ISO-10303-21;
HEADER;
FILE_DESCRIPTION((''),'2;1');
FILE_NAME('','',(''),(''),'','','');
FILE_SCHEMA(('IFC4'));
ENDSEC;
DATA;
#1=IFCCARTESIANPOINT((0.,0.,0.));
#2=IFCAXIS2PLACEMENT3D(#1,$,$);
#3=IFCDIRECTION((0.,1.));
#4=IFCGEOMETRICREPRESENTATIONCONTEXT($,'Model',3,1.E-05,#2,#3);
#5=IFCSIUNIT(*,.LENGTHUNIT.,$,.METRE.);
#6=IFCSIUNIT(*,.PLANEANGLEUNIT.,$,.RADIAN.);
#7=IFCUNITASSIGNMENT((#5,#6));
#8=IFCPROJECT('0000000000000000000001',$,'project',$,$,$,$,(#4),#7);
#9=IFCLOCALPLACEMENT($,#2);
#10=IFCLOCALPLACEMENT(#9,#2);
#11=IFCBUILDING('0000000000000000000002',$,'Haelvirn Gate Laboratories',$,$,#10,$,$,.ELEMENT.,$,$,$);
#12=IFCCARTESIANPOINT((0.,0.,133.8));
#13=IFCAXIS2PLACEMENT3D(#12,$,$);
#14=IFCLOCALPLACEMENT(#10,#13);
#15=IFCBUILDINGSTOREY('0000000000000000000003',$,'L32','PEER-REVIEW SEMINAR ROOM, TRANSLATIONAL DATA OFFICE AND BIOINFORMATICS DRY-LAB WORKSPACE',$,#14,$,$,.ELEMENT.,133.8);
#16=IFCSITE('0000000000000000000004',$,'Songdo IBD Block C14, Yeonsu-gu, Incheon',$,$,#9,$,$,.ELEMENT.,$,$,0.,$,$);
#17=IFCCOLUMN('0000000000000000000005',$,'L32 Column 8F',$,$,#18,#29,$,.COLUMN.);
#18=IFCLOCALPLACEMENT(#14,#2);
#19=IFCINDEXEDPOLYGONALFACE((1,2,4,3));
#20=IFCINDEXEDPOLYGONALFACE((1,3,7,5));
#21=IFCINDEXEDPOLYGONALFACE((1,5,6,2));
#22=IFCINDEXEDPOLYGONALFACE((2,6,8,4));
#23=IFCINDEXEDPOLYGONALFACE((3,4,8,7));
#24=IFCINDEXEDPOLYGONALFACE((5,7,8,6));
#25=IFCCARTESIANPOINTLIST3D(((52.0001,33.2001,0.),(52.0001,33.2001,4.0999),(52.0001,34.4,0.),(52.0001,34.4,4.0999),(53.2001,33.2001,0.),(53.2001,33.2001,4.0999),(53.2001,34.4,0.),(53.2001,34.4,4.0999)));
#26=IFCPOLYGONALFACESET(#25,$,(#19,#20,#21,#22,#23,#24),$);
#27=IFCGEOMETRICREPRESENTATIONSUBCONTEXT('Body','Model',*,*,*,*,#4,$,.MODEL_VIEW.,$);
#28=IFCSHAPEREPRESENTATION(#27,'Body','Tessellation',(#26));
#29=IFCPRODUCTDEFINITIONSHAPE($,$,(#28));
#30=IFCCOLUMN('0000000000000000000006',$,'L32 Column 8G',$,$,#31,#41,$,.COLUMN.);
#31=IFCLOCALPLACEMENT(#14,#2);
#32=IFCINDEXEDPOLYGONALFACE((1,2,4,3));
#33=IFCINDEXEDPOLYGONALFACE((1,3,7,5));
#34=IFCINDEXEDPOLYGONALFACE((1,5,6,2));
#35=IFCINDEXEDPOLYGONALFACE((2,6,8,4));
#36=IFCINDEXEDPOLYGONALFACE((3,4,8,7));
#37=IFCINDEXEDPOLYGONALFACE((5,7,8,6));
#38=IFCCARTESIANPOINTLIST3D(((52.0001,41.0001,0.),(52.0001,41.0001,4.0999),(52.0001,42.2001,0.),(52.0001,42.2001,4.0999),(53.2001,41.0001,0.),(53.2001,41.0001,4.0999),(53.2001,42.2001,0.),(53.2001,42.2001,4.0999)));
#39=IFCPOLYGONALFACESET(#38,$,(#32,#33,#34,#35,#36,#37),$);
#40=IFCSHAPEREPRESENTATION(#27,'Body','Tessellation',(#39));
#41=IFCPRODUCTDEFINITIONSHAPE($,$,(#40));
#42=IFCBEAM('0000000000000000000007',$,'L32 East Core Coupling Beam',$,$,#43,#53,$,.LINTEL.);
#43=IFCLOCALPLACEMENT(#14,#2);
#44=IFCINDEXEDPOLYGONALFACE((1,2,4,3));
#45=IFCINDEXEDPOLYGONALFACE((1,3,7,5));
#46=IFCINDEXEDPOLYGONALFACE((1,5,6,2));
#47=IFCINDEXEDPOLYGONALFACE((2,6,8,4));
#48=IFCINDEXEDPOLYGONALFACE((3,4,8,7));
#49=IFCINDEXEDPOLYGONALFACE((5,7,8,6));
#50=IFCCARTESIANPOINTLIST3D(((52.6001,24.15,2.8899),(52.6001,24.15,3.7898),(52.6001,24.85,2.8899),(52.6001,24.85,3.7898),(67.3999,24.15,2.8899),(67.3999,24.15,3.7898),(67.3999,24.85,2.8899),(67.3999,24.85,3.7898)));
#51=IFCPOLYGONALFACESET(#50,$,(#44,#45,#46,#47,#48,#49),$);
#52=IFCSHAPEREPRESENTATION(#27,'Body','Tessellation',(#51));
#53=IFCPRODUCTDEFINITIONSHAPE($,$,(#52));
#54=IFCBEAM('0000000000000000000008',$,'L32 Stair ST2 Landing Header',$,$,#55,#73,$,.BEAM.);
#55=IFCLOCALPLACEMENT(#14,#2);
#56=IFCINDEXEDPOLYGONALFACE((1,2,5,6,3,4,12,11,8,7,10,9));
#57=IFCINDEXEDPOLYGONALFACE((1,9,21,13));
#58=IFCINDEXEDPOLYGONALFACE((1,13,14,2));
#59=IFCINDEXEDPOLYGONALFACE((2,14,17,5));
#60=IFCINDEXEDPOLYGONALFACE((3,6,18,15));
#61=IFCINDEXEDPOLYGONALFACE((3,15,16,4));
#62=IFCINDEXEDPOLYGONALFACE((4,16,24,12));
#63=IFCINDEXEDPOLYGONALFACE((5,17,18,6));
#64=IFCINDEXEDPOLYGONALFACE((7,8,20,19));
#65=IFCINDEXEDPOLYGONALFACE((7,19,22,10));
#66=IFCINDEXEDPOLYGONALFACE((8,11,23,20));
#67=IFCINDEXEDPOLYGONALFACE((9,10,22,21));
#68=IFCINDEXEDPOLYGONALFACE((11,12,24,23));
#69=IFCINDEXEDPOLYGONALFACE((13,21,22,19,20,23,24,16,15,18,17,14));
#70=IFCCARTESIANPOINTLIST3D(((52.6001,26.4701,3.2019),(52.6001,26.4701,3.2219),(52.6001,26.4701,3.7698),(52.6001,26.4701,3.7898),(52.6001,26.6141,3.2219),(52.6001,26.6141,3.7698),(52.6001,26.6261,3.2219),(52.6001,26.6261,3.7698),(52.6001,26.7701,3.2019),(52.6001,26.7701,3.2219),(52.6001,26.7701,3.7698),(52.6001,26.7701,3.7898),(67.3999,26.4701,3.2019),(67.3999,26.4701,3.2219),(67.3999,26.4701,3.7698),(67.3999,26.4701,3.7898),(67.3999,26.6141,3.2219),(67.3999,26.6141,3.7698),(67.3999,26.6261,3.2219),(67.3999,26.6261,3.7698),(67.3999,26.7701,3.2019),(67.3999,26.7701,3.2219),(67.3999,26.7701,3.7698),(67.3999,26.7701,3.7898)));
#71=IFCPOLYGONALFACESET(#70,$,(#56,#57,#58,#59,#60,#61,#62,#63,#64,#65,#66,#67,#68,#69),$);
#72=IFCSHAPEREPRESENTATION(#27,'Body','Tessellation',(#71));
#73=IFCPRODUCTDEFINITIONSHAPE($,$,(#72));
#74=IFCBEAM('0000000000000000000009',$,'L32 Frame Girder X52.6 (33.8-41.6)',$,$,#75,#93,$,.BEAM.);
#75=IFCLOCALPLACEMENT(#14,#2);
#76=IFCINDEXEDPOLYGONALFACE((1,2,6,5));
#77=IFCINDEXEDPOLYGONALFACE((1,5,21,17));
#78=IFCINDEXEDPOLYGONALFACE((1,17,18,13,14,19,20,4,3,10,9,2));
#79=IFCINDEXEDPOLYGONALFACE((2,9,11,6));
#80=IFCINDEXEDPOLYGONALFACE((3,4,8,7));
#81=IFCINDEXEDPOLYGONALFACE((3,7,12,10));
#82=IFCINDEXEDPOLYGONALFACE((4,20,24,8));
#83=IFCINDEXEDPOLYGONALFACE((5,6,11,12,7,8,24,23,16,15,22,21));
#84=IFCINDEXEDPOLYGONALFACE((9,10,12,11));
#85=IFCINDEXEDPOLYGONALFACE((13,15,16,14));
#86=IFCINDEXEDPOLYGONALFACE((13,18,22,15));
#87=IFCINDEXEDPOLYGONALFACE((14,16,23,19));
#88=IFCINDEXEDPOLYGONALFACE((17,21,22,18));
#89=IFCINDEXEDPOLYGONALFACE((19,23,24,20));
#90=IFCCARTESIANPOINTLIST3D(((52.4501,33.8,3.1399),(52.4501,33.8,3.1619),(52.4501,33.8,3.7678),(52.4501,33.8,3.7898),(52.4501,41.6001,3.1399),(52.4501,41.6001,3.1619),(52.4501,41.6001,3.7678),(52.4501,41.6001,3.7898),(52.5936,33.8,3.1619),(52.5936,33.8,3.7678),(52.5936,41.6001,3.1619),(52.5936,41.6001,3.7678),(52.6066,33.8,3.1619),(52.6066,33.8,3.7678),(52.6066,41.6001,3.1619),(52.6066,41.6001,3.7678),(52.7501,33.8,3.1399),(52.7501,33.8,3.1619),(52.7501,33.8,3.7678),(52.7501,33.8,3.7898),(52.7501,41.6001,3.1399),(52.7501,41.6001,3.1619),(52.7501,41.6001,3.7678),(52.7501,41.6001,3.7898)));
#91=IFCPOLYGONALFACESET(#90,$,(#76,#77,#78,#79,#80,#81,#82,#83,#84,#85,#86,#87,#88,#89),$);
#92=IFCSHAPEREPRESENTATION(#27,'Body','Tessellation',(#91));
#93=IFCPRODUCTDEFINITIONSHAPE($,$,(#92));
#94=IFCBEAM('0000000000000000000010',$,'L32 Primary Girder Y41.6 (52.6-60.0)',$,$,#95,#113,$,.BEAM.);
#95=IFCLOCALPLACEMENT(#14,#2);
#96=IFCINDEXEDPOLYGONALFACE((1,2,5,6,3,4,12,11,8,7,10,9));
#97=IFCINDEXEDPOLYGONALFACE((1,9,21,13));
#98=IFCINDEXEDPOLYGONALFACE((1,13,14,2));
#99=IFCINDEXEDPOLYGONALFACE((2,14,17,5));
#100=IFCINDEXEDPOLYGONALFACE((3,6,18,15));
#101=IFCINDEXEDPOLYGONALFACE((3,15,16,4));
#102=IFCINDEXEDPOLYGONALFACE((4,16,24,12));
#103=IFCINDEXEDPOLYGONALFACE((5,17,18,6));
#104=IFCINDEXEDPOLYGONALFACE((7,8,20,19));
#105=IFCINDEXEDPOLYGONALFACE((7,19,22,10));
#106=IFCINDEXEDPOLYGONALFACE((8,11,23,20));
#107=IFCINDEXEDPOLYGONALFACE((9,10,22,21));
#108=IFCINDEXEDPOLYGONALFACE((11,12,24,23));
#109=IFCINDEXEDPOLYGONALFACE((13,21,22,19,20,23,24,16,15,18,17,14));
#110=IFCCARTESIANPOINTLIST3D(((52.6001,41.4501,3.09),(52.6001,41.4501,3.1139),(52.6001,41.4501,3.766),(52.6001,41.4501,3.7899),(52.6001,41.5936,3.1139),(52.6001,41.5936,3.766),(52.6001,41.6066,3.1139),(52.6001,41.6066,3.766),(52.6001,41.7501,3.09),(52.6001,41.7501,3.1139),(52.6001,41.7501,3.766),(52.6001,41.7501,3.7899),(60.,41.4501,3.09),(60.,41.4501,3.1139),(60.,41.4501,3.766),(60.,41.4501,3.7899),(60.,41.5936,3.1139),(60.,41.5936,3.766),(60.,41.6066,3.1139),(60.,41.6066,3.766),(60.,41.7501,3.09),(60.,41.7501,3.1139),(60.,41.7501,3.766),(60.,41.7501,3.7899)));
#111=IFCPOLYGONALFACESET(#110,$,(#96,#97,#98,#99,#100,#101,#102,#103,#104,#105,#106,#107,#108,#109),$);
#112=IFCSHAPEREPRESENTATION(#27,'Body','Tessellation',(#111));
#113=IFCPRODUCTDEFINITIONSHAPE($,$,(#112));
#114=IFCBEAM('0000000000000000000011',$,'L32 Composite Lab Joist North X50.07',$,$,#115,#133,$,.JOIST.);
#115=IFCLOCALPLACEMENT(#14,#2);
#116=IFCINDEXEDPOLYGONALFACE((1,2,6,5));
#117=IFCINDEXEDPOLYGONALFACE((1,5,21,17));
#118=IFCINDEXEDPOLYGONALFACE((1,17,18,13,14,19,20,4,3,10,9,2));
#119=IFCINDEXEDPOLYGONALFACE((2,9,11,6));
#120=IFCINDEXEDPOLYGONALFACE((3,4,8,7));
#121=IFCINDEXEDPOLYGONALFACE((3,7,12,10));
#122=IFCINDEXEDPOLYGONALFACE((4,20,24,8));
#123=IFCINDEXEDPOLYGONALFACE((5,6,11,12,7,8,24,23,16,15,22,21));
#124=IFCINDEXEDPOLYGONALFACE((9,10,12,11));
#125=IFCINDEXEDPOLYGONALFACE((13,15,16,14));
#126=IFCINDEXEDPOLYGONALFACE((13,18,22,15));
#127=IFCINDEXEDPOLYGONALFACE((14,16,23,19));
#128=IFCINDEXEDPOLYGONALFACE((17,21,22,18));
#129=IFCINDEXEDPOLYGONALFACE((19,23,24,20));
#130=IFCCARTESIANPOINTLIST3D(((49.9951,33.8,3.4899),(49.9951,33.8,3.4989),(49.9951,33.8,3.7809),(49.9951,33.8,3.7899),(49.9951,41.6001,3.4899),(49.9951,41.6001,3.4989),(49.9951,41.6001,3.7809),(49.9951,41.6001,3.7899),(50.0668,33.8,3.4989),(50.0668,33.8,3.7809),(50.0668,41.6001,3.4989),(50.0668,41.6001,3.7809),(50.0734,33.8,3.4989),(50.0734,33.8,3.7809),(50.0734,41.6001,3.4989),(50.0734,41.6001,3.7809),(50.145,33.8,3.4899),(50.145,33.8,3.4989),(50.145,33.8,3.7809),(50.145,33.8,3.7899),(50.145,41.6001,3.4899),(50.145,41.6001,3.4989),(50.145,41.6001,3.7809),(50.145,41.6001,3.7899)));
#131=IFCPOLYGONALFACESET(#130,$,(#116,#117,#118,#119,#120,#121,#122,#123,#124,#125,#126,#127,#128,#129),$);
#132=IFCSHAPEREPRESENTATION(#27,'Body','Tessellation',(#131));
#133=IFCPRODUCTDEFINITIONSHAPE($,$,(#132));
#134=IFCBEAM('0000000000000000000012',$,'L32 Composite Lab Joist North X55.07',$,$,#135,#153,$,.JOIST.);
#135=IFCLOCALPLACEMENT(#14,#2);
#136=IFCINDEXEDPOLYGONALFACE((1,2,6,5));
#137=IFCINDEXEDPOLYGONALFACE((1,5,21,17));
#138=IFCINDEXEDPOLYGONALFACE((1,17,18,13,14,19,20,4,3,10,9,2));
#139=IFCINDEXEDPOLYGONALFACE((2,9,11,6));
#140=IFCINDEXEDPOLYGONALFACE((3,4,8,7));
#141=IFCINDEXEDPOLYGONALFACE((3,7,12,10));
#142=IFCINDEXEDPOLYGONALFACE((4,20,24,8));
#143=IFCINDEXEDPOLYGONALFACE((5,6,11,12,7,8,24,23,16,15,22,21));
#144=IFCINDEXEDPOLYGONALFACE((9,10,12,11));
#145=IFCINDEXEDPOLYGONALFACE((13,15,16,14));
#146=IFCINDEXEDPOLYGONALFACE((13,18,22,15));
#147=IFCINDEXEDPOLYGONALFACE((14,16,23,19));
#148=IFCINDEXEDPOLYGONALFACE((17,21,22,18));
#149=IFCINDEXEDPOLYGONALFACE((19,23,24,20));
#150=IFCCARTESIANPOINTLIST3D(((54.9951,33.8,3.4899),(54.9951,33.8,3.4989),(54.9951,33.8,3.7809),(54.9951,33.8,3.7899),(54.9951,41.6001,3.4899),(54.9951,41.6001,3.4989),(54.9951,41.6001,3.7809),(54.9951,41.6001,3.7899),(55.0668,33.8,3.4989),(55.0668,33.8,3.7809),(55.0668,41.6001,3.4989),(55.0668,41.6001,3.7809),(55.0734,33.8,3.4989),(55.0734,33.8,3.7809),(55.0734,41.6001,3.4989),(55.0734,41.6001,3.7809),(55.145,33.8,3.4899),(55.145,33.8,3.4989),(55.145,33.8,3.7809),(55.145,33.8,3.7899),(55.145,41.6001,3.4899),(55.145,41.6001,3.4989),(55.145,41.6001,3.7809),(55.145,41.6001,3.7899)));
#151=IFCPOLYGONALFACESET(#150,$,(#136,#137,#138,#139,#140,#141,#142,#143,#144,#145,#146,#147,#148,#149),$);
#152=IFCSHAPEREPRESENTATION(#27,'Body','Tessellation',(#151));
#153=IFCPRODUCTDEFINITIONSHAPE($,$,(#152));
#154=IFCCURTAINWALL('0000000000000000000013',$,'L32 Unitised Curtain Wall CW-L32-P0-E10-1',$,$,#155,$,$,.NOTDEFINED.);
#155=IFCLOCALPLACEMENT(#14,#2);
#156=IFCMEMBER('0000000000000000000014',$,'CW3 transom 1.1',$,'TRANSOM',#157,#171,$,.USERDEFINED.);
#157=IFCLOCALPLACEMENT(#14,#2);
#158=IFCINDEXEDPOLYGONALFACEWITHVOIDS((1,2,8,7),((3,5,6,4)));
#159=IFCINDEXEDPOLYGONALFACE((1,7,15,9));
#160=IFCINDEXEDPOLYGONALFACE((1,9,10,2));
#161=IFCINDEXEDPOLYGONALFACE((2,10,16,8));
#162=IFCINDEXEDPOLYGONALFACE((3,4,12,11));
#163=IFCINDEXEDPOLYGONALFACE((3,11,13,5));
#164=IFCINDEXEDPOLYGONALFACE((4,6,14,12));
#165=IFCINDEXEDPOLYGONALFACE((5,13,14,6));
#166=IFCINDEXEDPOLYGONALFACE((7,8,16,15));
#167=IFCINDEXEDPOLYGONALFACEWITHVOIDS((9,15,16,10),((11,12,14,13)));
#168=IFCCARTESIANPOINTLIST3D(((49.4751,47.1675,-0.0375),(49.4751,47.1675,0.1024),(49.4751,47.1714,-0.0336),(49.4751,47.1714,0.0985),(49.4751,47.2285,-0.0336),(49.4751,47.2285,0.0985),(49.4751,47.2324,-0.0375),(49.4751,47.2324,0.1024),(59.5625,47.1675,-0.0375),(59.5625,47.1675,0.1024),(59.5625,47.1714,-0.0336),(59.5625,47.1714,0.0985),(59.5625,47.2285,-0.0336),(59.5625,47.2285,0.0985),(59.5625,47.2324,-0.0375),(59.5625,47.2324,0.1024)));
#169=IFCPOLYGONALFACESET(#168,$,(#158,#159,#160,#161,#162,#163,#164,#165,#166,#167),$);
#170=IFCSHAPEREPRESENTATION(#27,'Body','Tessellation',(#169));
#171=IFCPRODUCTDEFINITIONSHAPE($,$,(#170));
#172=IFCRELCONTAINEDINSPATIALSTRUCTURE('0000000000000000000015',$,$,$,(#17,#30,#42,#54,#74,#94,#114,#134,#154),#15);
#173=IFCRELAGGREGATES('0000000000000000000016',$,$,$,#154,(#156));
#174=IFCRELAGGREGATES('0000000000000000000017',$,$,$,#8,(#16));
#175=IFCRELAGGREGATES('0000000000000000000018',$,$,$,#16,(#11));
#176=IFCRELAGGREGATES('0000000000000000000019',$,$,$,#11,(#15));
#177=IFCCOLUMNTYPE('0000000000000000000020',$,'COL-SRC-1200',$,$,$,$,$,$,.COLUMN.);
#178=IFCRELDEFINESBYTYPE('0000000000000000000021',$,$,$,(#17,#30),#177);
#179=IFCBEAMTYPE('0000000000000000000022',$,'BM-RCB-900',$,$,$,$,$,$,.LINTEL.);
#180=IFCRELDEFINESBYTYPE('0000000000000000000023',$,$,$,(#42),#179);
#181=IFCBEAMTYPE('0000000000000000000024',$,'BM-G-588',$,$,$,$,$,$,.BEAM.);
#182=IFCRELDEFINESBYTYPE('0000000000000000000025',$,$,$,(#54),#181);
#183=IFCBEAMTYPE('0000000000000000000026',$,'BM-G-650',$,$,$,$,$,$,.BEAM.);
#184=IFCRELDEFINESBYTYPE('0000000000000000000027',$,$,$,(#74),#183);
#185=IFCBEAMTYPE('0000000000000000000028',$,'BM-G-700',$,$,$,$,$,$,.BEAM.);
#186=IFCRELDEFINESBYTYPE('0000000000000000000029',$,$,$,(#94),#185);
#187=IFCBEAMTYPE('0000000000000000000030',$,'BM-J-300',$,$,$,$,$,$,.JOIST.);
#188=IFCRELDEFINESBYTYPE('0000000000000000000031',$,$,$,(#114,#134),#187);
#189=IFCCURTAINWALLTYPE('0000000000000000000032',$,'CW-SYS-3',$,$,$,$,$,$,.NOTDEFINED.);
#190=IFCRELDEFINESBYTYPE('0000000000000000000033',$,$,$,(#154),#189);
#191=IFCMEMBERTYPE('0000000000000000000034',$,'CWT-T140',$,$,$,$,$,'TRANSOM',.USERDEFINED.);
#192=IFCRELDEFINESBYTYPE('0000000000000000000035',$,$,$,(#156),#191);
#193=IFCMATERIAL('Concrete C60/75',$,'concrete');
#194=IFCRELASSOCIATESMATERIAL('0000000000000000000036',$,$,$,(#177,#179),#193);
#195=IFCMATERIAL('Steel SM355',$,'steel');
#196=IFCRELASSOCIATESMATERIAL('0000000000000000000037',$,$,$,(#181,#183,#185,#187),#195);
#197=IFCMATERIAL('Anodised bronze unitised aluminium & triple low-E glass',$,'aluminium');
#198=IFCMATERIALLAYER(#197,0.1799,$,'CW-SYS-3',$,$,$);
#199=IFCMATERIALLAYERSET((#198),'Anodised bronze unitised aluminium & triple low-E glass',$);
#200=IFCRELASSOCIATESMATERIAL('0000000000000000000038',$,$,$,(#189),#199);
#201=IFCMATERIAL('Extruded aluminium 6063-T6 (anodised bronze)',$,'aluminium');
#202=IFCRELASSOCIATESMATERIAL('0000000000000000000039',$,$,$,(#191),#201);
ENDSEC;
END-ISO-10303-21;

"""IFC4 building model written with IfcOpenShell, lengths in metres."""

from ifc_helpers import new_model, si_unit, direction, frame, origin, origin_2d, place, context, subcontext, project, spatial, rectangle, hollow_rectangle, i_section, extrude, source, transform, mapped, material, layer, layer_set, material_profile, profile_set, type_object, type_shapes, element, aggregate, save


model = new_model("IFC4")

# Units and contexts
model_context = context("Model", 3, precision=1e-05, world=origin(), true_north=direction((0.0, 1.0)))
body_context = subcontext(model_context, "Body", "Model", "MODEL_VIEW")
ifc_project = project(units=[si_unit("LENGTHUNIT", "METRE"), si_unit("PLANEANGLEUNIT", "RADIAN")], contexts=[model_context])

# Site, building, storey
site_placement = place(None, origin())
site = spatial("IfcSite", under=ifc_project, at=site_placement, Name="Songdo IBD Block C14, Yeonsu-gu, Incheon", CompositionType="ELEMENT", RefElevation=0.0)
building_placement = place(site_placement, origin())
building = spatial("IfcBuilding", under=site, at=building_placement, Name="Haelvirn Gate Laboratories", CompositionType="ELEMENT")
storey_placement = place(building_placement, frame((0.0, 0.0, 133.8)))
storey = spatial("IfcBuildingStorey", under=building, at=storey_placement, Name="L32", Description="PEER-REVIEW SEMINAR ROOM, TRANSLATIONAL DATA OFFICE AND BIOINFORMATICS DRY-LAB WORKSPACE", CompositionType="ELEMENT", Elevation=133.8)

# Columns
ifc_material_1 = material(Name="Concrete C60/75", Category="concrete")
ifc_material_profile_1 = material_profile(ifc_material_1, rectangle(XDim=1.2, YDim=1.2, at=origin_2d()), Name="SRC-1200x1200")
ifc_profile_set_1 = profile_set([ifc_material_profile_1], Name="Concrete C60/75")
column_type = type_object("IfcColumnType", Name="COL-SRC-1200", PredefinedType="COLUMN", material=ifc_profile_set_1)
shared_shape_1 = source(origin(), body_context, "Body", "SweptSolid", [
    extrude(rectangle(XDim=1.2, YDim=1.2, at=origin_2d()), origin(), (0.0, 0.0, 1.0), 4.0999),
])
type_shapes(column_type, [shared_shape_1])
for number, where, z_axis, x_axis, name in (
    (1, (52.6001, 33.8, 0.0), (0.0, 0.0, 1.0), (1.0, 0.0, 0.0), "L32 Column 8F"),
    (2, (52.6001, 41.6001, 0.0), (0.0, 0.0, 1.0), (1.0, 0.0, 0.0), "L32 Column 8G"),
):
    element("IfcColumn", number, at=place(storey_placement, frame(where, z_axis=z_axis, x_axis=x_axis)), inside=storey, type_object=column_type, Name=name, PredefinedType="COLUMN", context=body_context, shape_type="MappedRepresentation", body=[
        mapped(shared_shape_1, transform((0.0, 0.0, 0.0), scale=1.0)),
    ])

# Beams
ifc_material_profile_2 = material_profile(ifc_material_1, rectangle(XDim=0.7, YDim=0.8999, at=origin_2d()), Name="RCB-700x900")
ifc_profile_set_2 = profile_set([ifc_material_profile_2], Name="Concrete C60/75")
beam_type_1 = type_object("IfcBeamType", Name="BM-RCB-900", PredefinedType="LINTEL", material=ifc_profile_set_2)
shared_shape_2 = source(origin(), body_context, "Body", "SweptSolid", [
    extrude(rectangle(XDim=0.7, YDim=0.8999, at=origin_2d()), origin(), (0.0, 0.0, 1.0), 14.7998),
])
type_shapes(beam_type_1, [shared_shape_2])
beam_1_placement = place(storey_placement, frame((52.6001, 24.5, 3.3398), z_axis=(1.0, 0.0, 0.0), x_axis=(0.0, 1.0, 0.0)))
element("IfcBeam", 3, at=beam_1_placement, inside=storey, type_object=beam_type_1, Name="L32 East Core Coupling Beam", PredefinedType="LINTEL", context=body_context, shape_type="MappedRepresentation", body=[
    mapped(shared_shape_2, transform((0.0, 0.0, 0.0), scale=1.0)),
])
ifc_material_2 = material(Name="Steel SM355", Category="steel")
ifc_material_profile_3 = material_profile(ifc_material_2, i_section(OverallWidth=0.3, OverallDepth=0.5879, WebThickness=0.012, FlangeThickness=0.02, at=origin_2d()), Name="H-588x300x12x20")
ifc_profile_set_3 = profile_set([ifc_material_profile_3], Name="Steel SM355")
beam_type_2 = type_object("IfcBeamType", Name="BM-G-588", PredefinedType="BEAM", material=ifc_profile_set_3)
shared_shape_3 = source(origin(), body_context, "Body", "SweptSolid", [
    extrude(i_section(OverallWidth=0.3, OverallDepth=0.5879, WebThickness=0.012, FlangeThickness=0.02, at=origin_2d()), origin(), (0.0, 0.0, 1.0), 14.7998),
])
type_shapes(beam_type_2, [shared_shape_3])
beam_2_placement = place(storey_placement, frame((52.6001, 26.6201, 3.4958), z_axis=(1.0, 0.0, 0.0), x_axis=(0.0, 1.0, 0.0)))
element("IfcBeam", 4, at=beam_2_placement, inside=storey, type_object=beam_type_2, Name="L32 Stair ST2 Landing Header", PredefinedType="BEAM", context=body_context, shape_type="MappedRepresentation", body=[
    mapped(shared_shape_3, transform((0.0, 0.0, 0.0), scale=1.0)),
])
ifc_material_profile_4 = material_profile(ifc_material_2, i_section(OverallWidth=0.3, OverallDepth=0.6499, WebThickness=0.0129, FlangeThickness=0.022, at=origin_2d()), Name="H-650x300x13x22")
ifc_profile_set_4 = profile_set([ifc_material_profile_4], Name="Steel SM355")
beam_type_3 = type_object("IfcBeamType", Name="BM-G-650", PredefinedType="BEAM", material=ifc_profile_set_4)
shared_shape_4 = source(origin(), body_context, "Body", "SweptSolid", [
    extrude(i_section(OverallWidth=0.3, OverallDepth=0.6499, WebThickness=0.0129, FlangeThickness=0.022, at=origin_2d()), origin(), (0.0, 0.0, 1.0), 7.8),
])
type_shapes(beam_type_3, [shared_shape_4])
beam_3_placement = place(storey_placement, frame((52.6001, 33.8, 3.4648), z_axis=(0.0, 1.0, 0.0), x_axis=(-1.0, 0.0, 0.0)))
element("IfcBeam", 5, at=beam_3_placement, inside=storey, type_object=beam_type_3, Name="L32 Frame Girder X52.6 (33.8-41.6)", PredefinedType="BEAM", context=body_context, shape_type="MappedRepresentation", body=[
    mapped(shared_shape_4, transform((0.0, 0.0, 0.0), scale=1.0)),
])
ifc_material_profile_5 = material_profile(ifc_material_2, i_section(OverallWidth=0.3, OverallDepth=0.7, WebThickness=0.0129, FlangeThickness=0.0239, at=origin_2d()), Name="H-700x300x13x24")
ifc_profile_set_5 = profile_set([ifc_material_profile_5], Name="Steel SM355")
beam_type_4 = type_object("IfcBeamType", Name="BM-G-700", PredefinedType="BEAM", material=ifc_profile_set_5)
shared_shape_5 = source(origin(), body_context, "Body", "SweptSolid", [
    extrude(i_section(OverallWidth=0.3, OverallDepth=0.7, WebThickness=0.0129, FlangeThickness=0.0239, at=origin_2d()), origin(), (0.0, 0.0, 1.0), 7.3999),
])
type_shapes(beam_type_4, [shared_shape_5])
beam_4_placement = place(storey_placement, frame((52.6001, 41.6001, 3.4399), z_axis=(1.0, 0.0, 0.0), x_axis=(0.0, 1.0, 0.0)))
element("IfcBeam", 6, at=beam_4_placement, inside=storey, type_object=beam_type_4, Name="L32 Primary Girder Y41.6 (52.6-60.0)", PredefinedType="BEAM", context=body_context, shape_type="MappedRepresentation", body=[
    mapped(shared_shape_5, transform((0.0, 0.0, 0.0), scale=1.0)),
])
ifc_material_profile_6 = material_profile(ifc_material_2, i_section(OverallWidth=0.1499, OverallDepth=0.3, WebThickness=0.0066, FlangeThickness=0.009, at=origin_2d()), Name="H-300x150x6.5x9")
ifc_profile_set_6 = profile_set([ifc_material_profile_6], Name="Steel SM355")
beam_type_5 = type_object("IfcBeamType", Name="BM-J-300", PredefinedType="JOIST", material=ifc_profile_set_6)
shared_shape_6 = source(origin(), body_context, "Body", "SweptSolid", [
    extrude(i_section(OverallWidth=0.1499, OverallDepth=0.3, WebThickness=0.0066, FlangeThickness=0.009, at=origin_2d()), origin(), (0.0, 0.0, 1.0), 7.8),
])
type_shapes(beam_type_5, [shared_shape_6])
for number, where, z_axis, x_axis, name in (
    (7, (50.0701, 33.8, 3.6399), (0.0, 1.0, 0.0), (-1.0, 0.0, 0.0), "L32 Composite Lab Joist North X50.07"),
    (8, (55.0701, 33.8, 3.6399), (0.0, 1.0, 0.0), (-1.0, 0.0, 0.0), "L32 Composite Lab Joist North X55.07"),
):
    element("IfcBeam", number, at=place(storey_placement, frame(where, z_axis=z_axis, x_axis=x_axis)), inside=storey, type_object=beam_type_5, Name=name, PredefinedType="JOIST", context=body_context, shape_type="MappedRepresentation", body=[
        mapped(shared_shape_6, transform((0.0, 0.0, 0.0), scale=1.0)),
    ])

# Curtain wall, member
ifc_material_3 = material(Name="Anodised bronze unitised aluminium & triple low-E glass", Category="aluminium")
ifc_layer_1 = layer(ifc_material_3, 0.1799, Name="CW-SYS-3")
ifc_layer_set_1 = layer_set([ifc_layer_1], Name="Anodised bronze unitised aluminium & triple low-E glass")
curtain_wall_type = type_object("IfcCurtainWallType", Name="CW-SYS-3", PredefinedType="NOTDEFINED", material=ifc_layer_set_1)
curtain_wall_1_placement = place(storey_placement, origin())
curtain_wall_1 = element("IfcCurtainWall", 9, at=curtain_wall_1_placement, inside=storey, type_object=curtain_wall_type, Name="L32 Unitised Curtain Wall CW-L32-P0-E10-1", PredefinedType="NOTDEFINED")
ifc_material_4 = material(Name="Extruded aluminium 6063-T6 (anodised bronze)", Category="aluminium")
ifc_material_profile_7 = material_profile(ifc_material_4, hollow_rectangle(XDim=0.0649, YDim=0.1399, WallThickness=0.0039, at=origin_2d()), Name="CWT-140x65x4")
ifc_profile_set_7 = profile_set([ifc_material_profile_7], Name="Extruded aluminium 6063-T6 (anodised bronze)")
member_type_1 = type_object("IfcMemberType", Name="CWT-T140", ElementType="TRANSOM", PredefinedType="USERDEFINED", material=ifc_profile_set_7)
shared_shape_7 = source(origin(), body_context, "Body", "SweptSolid", [
    extrude(hollow_rectangle(XDim=0.0649, YDim=0.1399, WallThickness=0.0039, at=origin_2d()), origin(), (0.0, 0.0, 1.0), 10.0874),
])
type_shapes(member_type_1, [shared_shape_7])
member_1_placement = place(storey_placement, frame((49.4751, 47.2, 0.0325), z_axis=(1.0, 0.0, 0.0), x_axis=(0.0, 1.0, 0.0)))
member_1 = element("IfcMember", 10, at=member_1_placement, type_object=member_type_1, Name="CW3 transom 1.1", ObjectType="TRANSOM", PredefinedType="USERDEFINED", context=body_context, shape_type="MappedRepresentation", body=[
    mapped(shared_shape_7, transform((0.0, 0.0, 0.0), scale=1.0)),
])

aggregate(curtain_wall_1, [member_1])

save(model, "model.ifc")
